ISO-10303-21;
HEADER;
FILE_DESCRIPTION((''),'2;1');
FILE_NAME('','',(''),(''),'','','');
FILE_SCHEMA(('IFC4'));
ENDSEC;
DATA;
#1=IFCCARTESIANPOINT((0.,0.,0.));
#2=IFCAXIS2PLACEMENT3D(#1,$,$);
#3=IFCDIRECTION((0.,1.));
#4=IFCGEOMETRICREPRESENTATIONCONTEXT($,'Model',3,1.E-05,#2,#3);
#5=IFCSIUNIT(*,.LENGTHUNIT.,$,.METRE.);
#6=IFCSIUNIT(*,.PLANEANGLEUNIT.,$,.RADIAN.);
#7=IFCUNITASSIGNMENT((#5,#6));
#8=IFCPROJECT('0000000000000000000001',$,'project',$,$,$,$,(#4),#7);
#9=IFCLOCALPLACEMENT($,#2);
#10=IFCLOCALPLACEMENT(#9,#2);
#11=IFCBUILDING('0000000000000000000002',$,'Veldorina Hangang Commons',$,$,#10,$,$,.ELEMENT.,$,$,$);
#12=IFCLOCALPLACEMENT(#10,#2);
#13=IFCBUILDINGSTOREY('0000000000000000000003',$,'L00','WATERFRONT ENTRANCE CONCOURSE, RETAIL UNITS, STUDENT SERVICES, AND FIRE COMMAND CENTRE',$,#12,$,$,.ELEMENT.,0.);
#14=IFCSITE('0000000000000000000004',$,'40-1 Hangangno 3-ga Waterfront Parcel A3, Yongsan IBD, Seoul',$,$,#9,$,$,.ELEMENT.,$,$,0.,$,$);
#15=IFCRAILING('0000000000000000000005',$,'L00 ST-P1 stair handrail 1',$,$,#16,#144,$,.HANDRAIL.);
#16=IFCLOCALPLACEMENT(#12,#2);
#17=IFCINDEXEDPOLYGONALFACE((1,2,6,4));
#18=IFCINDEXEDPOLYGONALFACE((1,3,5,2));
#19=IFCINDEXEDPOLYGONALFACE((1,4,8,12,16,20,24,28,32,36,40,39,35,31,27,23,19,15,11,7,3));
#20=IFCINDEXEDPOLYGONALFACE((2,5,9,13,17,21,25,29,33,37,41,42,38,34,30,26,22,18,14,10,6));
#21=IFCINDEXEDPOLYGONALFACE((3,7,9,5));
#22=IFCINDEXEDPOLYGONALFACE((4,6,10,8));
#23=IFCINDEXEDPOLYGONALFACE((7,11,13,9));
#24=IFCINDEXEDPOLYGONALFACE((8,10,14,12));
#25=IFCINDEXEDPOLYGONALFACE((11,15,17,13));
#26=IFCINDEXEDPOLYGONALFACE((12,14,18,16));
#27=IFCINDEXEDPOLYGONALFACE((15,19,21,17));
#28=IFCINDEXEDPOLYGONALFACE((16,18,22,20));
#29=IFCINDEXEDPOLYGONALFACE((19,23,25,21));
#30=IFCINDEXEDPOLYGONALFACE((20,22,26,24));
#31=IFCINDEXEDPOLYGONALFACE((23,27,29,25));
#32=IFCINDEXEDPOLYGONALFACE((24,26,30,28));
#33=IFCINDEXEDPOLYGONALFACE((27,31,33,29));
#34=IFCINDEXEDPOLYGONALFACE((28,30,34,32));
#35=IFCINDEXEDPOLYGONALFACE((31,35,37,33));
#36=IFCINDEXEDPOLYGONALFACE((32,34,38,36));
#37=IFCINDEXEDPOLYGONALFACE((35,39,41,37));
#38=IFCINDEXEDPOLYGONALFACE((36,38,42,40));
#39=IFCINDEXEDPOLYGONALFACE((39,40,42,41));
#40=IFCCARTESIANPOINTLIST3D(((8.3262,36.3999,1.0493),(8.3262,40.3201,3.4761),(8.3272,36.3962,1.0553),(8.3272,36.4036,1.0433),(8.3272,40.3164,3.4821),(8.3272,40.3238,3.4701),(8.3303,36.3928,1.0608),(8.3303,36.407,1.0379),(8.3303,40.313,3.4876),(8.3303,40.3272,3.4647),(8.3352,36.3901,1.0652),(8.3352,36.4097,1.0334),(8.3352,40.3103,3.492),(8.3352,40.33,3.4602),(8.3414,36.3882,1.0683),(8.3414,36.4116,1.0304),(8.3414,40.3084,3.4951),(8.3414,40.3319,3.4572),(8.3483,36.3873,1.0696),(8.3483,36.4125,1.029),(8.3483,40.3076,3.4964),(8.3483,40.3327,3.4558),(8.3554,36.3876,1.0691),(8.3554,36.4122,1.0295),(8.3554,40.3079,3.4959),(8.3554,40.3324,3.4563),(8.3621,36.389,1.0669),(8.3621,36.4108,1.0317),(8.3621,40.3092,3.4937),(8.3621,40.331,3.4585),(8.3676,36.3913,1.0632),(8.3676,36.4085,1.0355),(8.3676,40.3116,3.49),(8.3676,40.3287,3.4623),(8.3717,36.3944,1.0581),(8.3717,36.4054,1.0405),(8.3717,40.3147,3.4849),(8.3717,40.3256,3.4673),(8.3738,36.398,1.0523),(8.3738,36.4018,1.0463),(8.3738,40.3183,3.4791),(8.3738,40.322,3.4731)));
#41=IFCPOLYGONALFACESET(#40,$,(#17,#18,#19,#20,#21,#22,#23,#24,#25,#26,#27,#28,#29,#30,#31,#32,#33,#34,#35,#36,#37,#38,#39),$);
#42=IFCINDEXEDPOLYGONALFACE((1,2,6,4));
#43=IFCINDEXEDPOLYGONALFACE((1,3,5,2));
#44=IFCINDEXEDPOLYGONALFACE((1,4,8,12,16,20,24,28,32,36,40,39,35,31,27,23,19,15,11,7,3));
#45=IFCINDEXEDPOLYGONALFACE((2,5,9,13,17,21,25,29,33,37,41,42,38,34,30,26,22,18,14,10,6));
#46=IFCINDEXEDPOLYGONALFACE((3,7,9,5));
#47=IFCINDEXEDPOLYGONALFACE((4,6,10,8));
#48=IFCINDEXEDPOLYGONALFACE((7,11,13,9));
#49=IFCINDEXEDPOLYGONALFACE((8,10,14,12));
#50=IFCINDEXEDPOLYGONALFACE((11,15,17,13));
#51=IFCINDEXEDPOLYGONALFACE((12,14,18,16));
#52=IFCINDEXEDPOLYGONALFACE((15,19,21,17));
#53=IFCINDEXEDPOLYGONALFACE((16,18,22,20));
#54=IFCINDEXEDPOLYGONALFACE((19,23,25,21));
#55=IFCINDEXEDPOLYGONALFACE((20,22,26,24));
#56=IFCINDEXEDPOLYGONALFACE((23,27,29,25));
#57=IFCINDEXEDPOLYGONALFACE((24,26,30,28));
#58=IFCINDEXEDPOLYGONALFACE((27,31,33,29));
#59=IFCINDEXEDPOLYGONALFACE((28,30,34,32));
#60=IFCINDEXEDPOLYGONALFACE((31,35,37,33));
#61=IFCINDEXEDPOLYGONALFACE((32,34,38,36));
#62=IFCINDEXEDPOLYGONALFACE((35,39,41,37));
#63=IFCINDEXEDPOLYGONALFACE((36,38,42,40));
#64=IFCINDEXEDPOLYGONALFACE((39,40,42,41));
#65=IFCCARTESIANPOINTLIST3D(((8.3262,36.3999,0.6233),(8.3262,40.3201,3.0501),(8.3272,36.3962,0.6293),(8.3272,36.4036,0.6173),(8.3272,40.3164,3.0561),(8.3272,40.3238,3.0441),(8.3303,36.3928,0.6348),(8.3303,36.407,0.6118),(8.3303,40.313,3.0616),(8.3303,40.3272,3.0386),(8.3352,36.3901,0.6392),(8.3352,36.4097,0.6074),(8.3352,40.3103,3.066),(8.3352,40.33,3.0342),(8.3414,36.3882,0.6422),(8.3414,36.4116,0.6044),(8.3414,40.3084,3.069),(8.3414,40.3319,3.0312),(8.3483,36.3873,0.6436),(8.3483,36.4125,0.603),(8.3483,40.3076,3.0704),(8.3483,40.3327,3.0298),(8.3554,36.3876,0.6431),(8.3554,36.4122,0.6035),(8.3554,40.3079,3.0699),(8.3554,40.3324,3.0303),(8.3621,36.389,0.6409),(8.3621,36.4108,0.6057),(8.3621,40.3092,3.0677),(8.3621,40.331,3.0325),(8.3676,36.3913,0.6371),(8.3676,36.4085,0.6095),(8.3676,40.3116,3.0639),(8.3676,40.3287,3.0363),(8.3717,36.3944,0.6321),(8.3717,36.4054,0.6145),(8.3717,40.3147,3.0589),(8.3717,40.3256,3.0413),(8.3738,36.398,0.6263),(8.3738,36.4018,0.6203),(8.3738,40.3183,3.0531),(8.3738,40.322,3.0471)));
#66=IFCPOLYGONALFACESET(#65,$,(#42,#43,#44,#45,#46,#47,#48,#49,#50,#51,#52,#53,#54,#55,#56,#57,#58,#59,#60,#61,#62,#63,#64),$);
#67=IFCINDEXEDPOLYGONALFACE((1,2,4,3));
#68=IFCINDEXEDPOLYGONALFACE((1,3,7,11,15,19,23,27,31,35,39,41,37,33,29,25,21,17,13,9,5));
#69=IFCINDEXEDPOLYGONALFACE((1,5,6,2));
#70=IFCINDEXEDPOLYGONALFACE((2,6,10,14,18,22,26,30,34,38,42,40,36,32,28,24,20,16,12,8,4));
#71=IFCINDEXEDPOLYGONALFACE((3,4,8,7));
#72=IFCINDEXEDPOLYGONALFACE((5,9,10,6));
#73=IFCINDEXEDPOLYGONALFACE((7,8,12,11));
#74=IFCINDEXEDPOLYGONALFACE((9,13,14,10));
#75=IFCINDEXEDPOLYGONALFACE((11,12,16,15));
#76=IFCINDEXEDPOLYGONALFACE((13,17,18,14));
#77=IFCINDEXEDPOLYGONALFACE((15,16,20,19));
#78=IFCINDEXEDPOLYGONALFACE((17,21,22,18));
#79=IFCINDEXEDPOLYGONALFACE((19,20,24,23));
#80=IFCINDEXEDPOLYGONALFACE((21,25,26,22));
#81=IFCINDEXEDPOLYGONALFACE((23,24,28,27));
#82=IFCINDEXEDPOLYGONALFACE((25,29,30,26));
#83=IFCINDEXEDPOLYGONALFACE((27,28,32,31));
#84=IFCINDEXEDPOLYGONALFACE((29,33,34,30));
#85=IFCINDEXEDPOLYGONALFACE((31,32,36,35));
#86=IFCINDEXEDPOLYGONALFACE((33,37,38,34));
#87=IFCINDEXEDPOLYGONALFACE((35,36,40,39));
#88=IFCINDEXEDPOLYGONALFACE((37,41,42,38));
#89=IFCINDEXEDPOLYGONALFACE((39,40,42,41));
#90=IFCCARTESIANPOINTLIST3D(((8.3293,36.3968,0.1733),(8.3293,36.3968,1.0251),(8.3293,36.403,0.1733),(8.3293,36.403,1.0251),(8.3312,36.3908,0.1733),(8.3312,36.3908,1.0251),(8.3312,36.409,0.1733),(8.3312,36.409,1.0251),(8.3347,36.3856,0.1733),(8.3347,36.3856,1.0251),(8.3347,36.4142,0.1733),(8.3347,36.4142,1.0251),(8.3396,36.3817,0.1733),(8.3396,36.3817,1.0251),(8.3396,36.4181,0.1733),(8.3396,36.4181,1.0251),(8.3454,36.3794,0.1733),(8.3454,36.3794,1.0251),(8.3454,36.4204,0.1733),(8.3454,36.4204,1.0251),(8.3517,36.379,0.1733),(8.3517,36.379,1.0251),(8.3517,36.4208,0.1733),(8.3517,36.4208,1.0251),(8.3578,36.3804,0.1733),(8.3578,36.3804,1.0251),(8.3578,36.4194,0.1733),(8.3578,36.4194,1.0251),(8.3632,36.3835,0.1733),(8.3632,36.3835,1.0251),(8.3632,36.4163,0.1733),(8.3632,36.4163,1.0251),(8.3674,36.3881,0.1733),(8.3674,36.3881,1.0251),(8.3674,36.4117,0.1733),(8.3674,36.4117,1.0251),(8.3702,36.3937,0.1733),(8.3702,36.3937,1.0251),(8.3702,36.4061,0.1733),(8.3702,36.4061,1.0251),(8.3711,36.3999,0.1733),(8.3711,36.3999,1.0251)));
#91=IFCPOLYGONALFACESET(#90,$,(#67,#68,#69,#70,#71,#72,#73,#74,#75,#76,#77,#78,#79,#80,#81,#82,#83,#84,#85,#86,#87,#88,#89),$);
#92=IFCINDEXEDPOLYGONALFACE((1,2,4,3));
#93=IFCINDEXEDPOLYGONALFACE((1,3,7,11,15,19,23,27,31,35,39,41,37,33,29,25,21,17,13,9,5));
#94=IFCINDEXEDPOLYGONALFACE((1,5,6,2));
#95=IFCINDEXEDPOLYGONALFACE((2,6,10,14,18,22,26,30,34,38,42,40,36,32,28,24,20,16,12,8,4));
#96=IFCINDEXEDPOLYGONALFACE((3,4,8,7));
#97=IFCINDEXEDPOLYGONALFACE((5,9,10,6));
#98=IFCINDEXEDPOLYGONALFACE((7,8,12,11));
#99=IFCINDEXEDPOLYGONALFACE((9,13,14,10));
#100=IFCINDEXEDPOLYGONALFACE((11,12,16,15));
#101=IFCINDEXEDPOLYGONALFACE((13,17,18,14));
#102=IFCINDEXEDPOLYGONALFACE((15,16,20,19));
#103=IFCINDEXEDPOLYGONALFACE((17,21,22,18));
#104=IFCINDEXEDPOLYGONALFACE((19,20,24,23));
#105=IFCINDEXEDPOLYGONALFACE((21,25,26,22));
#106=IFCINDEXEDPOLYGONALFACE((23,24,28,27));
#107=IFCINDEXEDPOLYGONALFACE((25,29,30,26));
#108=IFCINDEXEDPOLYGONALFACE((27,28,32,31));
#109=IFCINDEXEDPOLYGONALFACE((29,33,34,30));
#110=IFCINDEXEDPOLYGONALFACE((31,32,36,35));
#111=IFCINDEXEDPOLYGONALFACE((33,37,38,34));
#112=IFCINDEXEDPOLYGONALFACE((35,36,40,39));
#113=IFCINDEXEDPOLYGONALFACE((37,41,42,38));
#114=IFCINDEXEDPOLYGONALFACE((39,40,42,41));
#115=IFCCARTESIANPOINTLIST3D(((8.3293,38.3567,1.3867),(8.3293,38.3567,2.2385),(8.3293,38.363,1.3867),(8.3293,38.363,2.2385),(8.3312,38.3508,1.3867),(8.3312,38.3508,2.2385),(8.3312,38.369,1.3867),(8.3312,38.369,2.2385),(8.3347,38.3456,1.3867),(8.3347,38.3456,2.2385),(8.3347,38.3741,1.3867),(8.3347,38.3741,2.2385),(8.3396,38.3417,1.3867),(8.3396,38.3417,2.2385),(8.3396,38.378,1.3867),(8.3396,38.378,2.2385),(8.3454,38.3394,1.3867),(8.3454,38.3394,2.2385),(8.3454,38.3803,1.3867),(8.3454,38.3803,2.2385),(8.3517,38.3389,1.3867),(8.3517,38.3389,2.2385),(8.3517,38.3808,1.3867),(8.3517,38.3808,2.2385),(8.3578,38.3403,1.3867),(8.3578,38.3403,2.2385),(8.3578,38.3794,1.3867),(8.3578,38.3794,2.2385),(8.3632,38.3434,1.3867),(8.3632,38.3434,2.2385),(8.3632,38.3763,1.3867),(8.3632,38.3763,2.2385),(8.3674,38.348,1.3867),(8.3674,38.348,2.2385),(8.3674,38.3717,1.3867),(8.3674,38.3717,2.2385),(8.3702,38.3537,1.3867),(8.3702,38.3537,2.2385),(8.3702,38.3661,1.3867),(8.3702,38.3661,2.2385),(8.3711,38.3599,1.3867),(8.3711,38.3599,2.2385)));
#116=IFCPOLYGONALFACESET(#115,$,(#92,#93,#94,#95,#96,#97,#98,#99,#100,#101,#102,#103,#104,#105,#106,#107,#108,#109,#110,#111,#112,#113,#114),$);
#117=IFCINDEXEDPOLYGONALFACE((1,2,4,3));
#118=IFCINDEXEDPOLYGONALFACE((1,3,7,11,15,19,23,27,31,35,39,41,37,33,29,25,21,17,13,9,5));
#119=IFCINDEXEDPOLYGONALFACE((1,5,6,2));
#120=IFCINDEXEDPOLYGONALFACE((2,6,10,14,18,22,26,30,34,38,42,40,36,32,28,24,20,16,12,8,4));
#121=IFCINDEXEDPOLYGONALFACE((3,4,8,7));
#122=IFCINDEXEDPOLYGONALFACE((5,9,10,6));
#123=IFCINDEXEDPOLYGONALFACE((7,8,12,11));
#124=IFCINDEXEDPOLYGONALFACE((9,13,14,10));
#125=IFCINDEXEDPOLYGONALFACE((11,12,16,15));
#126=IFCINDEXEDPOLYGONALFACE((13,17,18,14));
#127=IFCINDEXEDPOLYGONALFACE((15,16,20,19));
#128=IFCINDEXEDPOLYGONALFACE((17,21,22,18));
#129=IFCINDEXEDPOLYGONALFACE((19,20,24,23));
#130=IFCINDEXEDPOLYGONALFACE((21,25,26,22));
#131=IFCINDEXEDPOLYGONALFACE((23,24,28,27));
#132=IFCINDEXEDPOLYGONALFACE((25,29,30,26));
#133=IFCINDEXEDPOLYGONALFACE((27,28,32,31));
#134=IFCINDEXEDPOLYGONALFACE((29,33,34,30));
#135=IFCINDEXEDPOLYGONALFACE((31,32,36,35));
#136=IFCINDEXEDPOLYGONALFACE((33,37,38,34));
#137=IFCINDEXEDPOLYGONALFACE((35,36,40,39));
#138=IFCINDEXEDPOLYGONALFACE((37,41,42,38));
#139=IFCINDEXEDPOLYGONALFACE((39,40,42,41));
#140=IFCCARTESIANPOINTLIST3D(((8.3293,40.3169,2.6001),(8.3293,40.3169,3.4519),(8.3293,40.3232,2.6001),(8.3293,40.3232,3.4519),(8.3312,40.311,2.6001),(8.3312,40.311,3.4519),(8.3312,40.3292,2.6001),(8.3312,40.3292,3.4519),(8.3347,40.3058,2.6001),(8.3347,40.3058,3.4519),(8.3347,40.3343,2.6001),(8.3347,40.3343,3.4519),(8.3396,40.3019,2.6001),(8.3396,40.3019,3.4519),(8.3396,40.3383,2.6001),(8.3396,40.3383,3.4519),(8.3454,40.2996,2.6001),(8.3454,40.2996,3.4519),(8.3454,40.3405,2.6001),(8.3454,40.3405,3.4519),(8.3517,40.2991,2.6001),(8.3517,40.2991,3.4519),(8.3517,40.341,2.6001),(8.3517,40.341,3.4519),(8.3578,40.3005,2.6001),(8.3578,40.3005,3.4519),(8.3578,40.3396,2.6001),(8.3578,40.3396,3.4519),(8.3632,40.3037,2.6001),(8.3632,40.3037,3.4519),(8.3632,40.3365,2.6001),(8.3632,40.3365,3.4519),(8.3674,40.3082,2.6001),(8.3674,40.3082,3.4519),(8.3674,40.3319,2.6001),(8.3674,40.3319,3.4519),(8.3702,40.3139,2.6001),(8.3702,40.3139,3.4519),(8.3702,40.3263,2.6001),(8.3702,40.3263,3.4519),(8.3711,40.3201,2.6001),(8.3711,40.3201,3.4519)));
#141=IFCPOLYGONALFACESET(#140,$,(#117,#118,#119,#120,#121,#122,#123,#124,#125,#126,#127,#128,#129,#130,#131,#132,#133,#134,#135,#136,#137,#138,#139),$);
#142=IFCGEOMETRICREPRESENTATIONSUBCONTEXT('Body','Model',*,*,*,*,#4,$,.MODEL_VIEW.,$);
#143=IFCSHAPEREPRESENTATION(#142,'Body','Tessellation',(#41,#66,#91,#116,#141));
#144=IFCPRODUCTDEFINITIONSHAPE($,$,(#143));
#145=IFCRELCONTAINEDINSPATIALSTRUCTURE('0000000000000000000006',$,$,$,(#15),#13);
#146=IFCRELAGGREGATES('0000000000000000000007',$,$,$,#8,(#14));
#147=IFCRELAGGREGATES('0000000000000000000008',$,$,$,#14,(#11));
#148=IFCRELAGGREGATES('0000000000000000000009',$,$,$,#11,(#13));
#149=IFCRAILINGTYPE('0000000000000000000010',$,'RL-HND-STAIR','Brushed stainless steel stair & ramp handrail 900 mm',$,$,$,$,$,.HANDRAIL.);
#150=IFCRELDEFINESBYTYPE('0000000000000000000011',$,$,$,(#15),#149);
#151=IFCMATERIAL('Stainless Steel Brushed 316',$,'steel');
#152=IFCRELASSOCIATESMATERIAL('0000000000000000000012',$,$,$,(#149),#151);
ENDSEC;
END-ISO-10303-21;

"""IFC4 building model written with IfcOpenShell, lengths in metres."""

from ifc_helpers import new_model, si_unit, direction, frame, origin, origin_2d, place, context, subcontext, project, spatial, circle, extrude, material, type_object, element, save


model = new_model("IFC4")

# Units and contexts
model_context = context("Model", 3, precision=1e-05, world=origin(), true_north=direction((0.0, 1.0)))
body_context = subcontext(model_context, "Body", "Model", "MODEL_VIEW")
ifc_project = project(units=[si_unit("LENGTHUNIT", "METRE"), si_unit("PLANEANGLEUNIT", "RADIAN")], contexts=[model_context])

# Site, building, storey
site_placement = place(None, origin())
site = spatial("IfcSite", under=ifc_project, at=site_placement, Name="40-1 Hangangno 3-ga Waterfront Parcel A3, Yongsan IBD, Seoul", CompositionType="ELEMENT", RefElevation=0.0)
building_placement = place(site_placement, origin())
building = spatial("IfcBuilding", under=site, at=building_placement, Name="Veldorina Hangang Commons", CompositionType="ELEMENT")
storey_placement = place(building_placement, origin())
storey = spatial("IfcBuildingStorey", under=building, at=storey_placement, Name="L00", Description="WATERFRONT ENTRANCE CONCOURSE, RETAIL UNITS, STUDENT SERVICES, AND FIRE COMMAND CENTRE", CompositionType="ELEMENT", Elevation=0.0)

# Railing
ifc_material_1 = material(Name="Stainless Steel Brushed 316", Category="steel")
railing_type_1 = type_object("IfcRailingType", Name="RL-HND-STAIR", Description="Brushed stainless steel stair & ramp handrail 900 mm", PredefinedType="HANDRAIL", material=ifc_material_1)
railing_1_placement = place(storey_placement, frame((8.3501, 36.3999, 0.1733)))
element("IfcRailing", 1, at=railing_1_placement, inside=storey, type_object=railing_type_1, Name="L00 ST-P1 stair handrail 1", PredefinedType="HANDRAIL", context=body_context, shape_type="SweptSolid", body=[
    extrude(circle(Radius=0.0239, at=origin_2d()), frame((0.0, 0.0, 0.876), z_axis=(0.0, 0.850266, 0.526353), x_axis=(-1.0, 0.0, 0.0)), (0.0, 0.0, 1.0), 4.6106),
    extrude(circle(Radius=0.0239, at=origin_2d()), frame((0.0, 0.0, 0.45), z_axis=(0.0, 0.850266, 0.526353), x_axis=(-1.0, 0.0, 0.0)), (0.0, 0.0, 1.0), 4.6106),
    extrude(circle(Radius=0.021, at=origin_2d()), origin(), (0.0, 0.0, 1.0), 0.8518),
    extrude(circle(Radius=0.021, at=origin_2d()), frame((0.0, 1.96, 1.2134)), (0.0, 0.0, 1.0), 0.8518),
    extrude(circle(Radius=0.021, at=origin_2d()), frame((0.0, 3.9202, 2.4268)), (0.0, 0.0, 1.0), 0.8518),
])

save(model, "model.ifc")
